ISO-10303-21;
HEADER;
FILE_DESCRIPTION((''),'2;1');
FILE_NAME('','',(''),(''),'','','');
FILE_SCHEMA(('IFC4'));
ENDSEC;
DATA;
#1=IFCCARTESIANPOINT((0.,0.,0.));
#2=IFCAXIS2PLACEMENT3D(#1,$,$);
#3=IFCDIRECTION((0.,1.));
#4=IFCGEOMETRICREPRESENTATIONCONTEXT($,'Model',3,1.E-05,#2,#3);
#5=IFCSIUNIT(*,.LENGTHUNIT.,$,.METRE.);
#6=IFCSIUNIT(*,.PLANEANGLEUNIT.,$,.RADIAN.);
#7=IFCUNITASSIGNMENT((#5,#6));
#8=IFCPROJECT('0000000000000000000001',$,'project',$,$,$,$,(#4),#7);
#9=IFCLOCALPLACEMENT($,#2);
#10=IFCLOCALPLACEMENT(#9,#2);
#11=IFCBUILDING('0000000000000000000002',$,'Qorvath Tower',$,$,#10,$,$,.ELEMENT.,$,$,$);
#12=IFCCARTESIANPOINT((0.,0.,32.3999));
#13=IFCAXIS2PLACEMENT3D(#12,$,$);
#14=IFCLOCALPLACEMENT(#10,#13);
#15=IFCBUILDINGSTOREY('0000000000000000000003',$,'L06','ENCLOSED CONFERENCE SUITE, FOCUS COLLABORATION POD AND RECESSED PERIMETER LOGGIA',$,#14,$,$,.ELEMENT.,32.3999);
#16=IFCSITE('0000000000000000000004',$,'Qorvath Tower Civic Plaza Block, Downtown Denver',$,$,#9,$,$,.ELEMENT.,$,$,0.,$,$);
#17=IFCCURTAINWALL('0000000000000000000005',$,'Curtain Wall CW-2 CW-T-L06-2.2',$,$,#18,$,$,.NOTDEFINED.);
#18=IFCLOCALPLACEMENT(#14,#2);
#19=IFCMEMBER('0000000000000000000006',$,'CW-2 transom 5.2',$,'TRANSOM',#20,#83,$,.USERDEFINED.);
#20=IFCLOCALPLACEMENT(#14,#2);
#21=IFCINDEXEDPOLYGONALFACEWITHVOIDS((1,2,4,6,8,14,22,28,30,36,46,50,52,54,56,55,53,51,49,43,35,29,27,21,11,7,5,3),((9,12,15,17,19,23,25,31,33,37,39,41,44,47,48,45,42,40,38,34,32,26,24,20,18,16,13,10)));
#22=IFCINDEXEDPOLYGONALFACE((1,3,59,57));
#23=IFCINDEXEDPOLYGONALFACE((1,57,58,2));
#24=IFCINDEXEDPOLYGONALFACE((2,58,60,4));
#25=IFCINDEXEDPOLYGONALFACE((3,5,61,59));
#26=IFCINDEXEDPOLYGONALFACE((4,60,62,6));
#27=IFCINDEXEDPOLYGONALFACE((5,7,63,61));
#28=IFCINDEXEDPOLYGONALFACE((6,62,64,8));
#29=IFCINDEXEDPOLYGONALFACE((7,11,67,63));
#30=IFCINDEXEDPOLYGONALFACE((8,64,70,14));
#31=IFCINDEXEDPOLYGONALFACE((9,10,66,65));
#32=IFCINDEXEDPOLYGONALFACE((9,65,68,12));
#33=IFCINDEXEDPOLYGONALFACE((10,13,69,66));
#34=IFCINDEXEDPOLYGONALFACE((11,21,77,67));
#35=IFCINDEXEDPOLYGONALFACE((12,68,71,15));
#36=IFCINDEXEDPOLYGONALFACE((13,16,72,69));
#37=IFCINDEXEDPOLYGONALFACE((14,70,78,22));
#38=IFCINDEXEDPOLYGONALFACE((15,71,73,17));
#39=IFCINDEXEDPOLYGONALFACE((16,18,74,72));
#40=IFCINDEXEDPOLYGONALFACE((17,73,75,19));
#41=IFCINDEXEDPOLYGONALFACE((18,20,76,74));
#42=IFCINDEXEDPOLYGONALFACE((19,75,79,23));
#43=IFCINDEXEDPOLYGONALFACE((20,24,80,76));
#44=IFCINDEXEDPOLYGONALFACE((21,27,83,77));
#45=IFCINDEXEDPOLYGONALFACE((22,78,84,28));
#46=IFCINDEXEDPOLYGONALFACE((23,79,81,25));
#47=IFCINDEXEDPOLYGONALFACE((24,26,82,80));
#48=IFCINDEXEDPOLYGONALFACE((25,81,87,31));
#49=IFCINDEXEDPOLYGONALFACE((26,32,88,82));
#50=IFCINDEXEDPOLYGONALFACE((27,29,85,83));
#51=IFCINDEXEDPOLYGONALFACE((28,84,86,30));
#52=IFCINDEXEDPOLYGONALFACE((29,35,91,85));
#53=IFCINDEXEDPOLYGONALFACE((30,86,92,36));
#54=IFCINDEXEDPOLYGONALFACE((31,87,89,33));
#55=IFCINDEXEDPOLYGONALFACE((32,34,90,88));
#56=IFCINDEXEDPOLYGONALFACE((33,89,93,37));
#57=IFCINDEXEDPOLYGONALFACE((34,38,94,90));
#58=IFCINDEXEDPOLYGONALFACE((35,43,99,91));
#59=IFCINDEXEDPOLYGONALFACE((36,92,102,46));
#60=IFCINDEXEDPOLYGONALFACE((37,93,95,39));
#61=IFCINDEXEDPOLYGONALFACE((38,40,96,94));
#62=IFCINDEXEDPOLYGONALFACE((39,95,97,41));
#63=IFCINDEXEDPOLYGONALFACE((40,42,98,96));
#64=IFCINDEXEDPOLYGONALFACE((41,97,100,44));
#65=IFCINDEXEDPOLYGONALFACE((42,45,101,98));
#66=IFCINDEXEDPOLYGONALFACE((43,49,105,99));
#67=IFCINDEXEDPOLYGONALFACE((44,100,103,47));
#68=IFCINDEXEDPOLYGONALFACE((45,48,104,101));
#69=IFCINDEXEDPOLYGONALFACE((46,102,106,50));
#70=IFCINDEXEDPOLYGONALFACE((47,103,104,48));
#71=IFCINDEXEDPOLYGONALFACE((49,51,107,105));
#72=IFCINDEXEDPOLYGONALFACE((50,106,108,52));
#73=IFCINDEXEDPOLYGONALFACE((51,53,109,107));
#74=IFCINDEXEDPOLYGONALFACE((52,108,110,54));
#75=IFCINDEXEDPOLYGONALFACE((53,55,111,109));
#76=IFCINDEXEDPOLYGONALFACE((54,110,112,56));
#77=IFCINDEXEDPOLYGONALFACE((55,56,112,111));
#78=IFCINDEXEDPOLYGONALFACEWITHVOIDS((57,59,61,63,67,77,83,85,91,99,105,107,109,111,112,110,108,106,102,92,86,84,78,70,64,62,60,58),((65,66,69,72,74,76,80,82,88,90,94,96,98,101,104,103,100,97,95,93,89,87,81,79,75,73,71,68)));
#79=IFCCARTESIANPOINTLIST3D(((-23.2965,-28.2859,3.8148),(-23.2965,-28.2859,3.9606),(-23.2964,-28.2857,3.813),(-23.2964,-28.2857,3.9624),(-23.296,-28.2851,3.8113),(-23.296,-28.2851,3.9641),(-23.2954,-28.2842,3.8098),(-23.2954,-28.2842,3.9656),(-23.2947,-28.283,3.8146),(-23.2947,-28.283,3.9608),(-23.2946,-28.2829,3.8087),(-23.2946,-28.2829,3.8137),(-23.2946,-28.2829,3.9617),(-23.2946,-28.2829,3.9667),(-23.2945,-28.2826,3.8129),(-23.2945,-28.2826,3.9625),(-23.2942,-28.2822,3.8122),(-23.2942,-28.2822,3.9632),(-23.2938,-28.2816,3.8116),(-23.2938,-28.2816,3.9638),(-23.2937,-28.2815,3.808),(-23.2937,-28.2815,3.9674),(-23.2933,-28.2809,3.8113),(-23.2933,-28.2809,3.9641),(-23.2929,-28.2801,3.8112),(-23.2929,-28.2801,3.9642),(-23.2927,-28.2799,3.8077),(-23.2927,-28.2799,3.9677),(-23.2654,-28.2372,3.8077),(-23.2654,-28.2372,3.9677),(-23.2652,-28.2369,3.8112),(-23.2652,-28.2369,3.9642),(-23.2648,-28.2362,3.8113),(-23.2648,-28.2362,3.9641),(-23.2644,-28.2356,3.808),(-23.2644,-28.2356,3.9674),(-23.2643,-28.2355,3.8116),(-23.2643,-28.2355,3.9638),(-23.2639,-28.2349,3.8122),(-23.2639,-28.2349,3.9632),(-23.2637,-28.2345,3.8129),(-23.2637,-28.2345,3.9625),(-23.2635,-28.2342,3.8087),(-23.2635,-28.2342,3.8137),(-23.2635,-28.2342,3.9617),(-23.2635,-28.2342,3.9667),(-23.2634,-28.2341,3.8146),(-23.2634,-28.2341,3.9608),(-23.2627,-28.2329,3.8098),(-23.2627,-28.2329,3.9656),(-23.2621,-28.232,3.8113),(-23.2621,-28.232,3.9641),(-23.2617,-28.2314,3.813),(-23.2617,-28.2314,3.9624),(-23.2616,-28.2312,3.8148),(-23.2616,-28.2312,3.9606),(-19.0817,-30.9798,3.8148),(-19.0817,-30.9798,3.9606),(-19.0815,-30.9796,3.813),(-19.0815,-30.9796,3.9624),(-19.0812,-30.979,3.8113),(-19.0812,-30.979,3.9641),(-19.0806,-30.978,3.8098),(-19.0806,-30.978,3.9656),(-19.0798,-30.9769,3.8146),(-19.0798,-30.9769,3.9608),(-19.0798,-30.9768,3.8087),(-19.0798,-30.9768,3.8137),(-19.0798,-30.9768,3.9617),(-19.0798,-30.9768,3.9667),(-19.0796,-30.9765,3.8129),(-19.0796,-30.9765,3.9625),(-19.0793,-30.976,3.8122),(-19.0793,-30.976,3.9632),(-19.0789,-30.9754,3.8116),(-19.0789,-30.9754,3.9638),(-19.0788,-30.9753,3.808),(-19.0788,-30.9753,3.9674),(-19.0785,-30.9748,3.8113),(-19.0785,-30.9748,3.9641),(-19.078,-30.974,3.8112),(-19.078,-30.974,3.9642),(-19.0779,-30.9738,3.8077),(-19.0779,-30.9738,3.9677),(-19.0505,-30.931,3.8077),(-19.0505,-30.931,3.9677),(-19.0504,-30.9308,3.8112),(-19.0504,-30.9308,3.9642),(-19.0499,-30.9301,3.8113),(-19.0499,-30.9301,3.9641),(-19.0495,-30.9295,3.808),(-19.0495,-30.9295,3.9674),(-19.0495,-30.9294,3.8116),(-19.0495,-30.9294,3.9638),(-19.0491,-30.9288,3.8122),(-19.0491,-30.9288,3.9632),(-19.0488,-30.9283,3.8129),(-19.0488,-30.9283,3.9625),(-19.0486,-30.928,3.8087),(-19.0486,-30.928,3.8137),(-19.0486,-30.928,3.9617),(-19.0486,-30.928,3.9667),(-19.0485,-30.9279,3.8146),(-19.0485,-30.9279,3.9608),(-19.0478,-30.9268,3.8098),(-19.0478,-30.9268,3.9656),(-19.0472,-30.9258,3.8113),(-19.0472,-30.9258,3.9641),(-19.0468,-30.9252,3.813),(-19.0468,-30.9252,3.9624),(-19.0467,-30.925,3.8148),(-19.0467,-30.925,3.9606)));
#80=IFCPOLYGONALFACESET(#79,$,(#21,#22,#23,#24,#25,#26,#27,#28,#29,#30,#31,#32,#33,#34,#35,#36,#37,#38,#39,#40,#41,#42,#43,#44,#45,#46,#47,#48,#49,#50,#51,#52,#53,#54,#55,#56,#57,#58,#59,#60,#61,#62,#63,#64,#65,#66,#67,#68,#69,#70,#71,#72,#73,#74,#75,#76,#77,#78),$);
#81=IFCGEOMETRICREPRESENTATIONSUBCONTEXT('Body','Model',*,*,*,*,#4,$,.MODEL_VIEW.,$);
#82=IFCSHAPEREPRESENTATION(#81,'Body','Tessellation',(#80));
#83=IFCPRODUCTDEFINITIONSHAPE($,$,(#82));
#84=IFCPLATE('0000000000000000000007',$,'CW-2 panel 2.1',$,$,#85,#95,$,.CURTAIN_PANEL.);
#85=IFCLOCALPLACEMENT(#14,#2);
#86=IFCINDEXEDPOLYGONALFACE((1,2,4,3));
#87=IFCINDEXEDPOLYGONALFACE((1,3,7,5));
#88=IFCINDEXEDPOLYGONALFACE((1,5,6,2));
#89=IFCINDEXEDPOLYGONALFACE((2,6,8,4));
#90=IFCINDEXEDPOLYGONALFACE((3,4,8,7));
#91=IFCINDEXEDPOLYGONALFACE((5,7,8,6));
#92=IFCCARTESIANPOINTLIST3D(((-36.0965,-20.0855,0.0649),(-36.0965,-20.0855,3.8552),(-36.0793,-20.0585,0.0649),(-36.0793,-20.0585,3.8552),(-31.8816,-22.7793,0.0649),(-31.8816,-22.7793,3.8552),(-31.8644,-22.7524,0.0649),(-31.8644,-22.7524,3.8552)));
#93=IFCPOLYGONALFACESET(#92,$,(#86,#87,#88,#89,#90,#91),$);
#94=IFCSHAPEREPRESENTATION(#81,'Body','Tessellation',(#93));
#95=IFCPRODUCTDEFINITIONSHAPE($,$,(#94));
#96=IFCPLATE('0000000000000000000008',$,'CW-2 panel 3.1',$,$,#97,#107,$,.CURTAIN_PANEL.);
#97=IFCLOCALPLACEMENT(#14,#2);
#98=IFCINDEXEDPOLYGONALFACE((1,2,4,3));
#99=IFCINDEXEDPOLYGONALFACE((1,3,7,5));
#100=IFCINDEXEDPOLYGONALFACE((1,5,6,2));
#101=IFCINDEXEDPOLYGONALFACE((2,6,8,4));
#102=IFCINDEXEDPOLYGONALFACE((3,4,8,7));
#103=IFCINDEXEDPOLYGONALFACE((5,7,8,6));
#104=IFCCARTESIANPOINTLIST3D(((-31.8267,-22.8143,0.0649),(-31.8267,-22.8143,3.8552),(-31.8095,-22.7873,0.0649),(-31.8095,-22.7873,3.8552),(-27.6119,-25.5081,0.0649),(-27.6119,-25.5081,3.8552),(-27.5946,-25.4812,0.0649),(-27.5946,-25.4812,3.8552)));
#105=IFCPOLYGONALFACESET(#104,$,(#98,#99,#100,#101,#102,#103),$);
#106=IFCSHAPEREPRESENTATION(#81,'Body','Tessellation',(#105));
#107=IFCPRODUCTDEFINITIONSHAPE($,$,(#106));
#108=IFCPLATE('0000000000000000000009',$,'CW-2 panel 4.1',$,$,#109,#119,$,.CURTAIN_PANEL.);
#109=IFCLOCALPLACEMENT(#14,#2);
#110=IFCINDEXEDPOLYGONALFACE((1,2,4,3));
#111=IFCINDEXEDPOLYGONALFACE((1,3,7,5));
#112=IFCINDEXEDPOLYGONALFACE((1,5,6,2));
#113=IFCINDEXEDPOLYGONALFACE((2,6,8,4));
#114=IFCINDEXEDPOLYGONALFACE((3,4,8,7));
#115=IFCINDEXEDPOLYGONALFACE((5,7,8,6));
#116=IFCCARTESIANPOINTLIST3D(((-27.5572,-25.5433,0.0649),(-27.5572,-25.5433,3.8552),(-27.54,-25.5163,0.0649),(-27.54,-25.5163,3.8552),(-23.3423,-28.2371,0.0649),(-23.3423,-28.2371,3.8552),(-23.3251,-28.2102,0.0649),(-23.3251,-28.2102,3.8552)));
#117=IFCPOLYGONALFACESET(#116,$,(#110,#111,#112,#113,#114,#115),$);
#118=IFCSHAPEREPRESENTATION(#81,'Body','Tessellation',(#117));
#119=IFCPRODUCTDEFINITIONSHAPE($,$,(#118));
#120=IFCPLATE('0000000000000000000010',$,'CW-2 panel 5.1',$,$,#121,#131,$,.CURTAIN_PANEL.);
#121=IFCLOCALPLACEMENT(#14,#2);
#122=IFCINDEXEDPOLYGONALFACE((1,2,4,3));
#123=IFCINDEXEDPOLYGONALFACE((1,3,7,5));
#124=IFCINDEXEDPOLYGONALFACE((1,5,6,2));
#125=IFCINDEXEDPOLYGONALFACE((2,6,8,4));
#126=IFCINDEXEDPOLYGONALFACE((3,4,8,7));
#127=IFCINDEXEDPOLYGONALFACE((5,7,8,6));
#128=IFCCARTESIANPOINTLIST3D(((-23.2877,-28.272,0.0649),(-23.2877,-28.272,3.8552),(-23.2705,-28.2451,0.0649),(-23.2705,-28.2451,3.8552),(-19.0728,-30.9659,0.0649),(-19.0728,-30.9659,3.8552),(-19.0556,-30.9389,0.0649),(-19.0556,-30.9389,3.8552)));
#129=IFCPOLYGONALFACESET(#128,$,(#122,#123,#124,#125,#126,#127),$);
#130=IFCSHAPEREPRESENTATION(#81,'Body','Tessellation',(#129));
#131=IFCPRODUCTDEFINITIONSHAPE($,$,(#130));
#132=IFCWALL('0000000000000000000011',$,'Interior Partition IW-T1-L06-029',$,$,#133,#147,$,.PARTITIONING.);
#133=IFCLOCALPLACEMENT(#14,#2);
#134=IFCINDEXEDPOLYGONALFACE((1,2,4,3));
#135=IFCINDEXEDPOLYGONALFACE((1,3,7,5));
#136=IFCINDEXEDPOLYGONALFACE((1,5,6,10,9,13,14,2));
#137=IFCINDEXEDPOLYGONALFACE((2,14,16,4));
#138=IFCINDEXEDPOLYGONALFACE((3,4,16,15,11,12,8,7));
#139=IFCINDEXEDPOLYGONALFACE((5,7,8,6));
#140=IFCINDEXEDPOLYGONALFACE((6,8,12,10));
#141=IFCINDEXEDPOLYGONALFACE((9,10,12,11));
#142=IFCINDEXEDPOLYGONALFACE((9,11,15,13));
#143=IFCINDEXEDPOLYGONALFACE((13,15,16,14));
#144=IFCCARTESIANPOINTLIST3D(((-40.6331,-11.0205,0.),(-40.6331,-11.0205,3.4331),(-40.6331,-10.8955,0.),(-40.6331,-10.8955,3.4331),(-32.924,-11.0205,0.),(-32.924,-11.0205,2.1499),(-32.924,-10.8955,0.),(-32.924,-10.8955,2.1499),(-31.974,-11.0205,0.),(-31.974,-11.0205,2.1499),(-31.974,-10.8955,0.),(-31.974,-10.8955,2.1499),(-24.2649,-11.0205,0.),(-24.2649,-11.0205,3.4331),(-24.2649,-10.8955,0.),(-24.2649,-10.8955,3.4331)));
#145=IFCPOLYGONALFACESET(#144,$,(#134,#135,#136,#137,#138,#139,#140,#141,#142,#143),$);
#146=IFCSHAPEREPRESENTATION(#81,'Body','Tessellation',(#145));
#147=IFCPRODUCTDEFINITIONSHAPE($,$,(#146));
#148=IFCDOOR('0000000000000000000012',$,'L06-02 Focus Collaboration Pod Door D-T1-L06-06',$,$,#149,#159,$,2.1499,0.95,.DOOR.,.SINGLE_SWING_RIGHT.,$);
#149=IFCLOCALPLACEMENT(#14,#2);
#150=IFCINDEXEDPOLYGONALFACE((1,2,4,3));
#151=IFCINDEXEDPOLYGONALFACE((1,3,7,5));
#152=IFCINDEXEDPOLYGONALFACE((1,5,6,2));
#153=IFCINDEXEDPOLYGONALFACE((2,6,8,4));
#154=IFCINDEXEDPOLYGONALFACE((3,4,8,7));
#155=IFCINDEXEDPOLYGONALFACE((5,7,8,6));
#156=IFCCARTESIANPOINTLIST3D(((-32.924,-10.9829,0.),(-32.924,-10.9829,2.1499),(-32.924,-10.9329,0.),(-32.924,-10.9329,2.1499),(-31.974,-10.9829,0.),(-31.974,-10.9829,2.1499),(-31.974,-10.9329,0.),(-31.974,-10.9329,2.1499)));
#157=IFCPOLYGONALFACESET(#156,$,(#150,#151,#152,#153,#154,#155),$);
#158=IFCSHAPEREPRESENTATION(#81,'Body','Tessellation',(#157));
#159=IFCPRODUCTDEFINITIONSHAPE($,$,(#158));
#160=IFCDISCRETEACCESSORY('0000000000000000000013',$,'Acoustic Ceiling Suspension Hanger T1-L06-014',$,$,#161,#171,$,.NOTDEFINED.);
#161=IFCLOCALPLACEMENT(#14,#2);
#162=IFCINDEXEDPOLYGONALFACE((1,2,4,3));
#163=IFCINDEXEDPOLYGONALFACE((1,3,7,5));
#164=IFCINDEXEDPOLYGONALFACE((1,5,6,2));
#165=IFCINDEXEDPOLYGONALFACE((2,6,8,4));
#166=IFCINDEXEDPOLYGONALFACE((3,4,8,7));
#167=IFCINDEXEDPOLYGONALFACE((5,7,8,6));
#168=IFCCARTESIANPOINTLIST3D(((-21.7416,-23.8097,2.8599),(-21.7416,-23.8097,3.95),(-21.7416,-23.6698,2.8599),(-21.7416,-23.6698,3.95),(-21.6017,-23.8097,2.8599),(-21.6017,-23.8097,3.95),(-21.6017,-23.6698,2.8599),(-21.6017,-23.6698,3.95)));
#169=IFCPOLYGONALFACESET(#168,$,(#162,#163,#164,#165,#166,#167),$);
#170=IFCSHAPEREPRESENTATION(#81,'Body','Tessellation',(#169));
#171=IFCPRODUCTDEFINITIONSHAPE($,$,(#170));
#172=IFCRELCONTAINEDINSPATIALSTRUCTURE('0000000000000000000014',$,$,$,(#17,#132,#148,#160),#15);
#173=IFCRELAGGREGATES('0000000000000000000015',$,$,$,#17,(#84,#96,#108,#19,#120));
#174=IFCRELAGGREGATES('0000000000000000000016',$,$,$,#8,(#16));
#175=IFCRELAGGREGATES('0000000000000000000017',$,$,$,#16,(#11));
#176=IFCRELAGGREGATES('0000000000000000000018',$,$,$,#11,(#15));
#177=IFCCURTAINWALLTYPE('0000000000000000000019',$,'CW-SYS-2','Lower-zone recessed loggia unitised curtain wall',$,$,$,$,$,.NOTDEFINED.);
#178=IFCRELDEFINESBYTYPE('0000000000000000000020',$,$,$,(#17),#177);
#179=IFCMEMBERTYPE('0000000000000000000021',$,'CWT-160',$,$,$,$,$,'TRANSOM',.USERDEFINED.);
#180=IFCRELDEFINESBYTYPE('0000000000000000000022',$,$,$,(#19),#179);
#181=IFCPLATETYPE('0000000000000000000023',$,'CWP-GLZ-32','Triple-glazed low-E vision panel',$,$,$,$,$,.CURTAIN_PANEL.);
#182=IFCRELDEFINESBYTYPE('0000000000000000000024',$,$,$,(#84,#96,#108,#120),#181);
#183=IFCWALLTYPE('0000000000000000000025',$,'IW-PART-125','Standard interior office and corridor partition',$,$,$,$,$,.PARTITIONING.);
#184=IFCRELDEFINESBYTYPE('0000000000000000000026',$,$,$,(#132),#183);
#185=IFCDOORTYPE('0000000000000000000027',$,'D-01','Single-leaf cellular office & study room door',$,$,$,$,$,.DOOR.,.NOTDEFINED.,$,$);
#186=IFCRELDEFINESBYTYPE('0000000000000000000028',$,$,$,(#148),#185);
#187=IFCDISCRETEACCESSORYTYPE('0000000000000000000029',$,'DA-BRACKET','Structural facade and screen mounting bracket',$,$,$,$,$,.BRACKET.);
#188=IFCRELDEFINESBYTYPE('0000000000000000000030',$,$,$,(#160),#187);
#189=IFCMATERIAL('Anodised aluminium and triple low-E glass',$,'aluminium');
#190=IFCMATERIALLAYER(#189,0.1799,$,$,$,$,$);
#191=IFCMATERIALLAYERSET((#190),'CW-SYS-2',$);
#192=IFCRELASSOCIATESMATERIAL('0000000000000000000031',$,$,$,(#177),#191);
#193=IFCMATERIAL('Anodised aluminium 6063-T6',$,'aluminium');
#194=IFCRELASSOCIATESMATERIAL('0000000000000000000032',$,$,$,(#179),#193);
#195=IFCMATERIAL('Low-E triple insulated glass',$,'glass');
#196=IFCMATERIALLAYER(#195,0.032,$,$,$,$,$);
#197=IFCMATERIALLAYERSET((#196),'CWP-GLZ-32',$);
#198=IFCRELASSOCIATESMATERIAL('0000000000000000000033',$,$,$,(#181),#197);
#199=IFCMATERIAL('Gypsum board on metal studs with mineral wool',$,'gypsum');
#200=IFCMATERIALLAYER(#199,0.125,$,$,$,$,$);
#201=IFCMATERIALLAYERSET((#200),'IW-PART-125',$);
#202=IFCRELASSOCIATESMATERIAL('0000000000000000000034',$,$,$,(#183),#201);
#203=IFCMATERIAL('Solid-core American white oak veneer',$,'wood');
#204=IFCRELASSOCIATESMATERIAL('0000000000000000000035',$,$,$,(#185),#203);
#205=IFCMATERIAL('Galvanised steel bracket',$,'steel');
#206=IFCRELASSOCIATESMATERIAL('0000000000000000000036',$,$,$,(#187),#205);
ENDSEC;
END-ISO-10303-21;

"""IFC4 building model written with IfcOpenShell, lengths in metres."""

from ifc_helpers import new_model, si_unit, direction, frame, frame_2d, origin, origin_2d, place, context, subcontext, project, spatial, rectangle, hollow_rectangle, extrude, material, layer, layer_set, material_profile, profile_set, type_object, element, fill, aggregate, save


model = new_model("IFC4")

# Units and contexts
model_context = context("Model", 3, precision=1e-05, world=origin(), true_north=direction((0.0, 1.0)))
body_context = subcontext(model_context, "Body", "Model", "MODEL_VIEW")
ifc_project = project(units=[si_unit("LENGTHUNIT", "METRE"), si_unit("PLANEANGLEUNIT", "RADIAN")], contexts=[model_context])

# Site, building, storey
site_placement = place(None, origin())
site = spatial("IfcSite", under=ifc_project, at=site_placement, Name="Qorvath Tower Civic Plaza Block, Downtown Denver", CompositionType="ELEMENT", RefElevation=0.0)
building_placement = place(site_placement, origin())
building = spatial("IfcBuilding", under=site, at=building_placement, Name="Qorvath Tower", CompositionType="ELEMENT")
storey_placement = place(building_placement, frame((0.0, 0.0, 32.3999)))
storey = spatial("IfcBuildingStorey", under=building, at=storey_placement, Name="L06", Description="ENCLOSED CONFERENCE SUITE, FOCUS COLLABORATION POD AND RECESSED PERIMETER LOGGIA", CompositionType="ELEMENT", Elevation=32.3999)

# Curtain wall, member, plates
ifc_material_1 = material(Name="Anodised aluminium and triple low-E glass", Category="aluminium")
ifc_layer_1 = layer(ifc_material_1, 0.1799)
ifc_layer_set_1 = layer_set([ifc_layer_1], Name="CW-SYS-2")
curtain_wall_type = type_object("IfcCurtainWallType", Name="CW-SYS-2", Description="Lower-zone recessed loggia unitised curtain wall", PredefinedType="NOTDEFINED", material=ifc_layer_set_1)
curtain_wall_placement = place(storey_placement, origin())
curtain_wall = element("IfcCurtainWall", 1, at=curtain_wall_placement, inside=storey, type_object=curtain_wall_type, Name="Curtain Wall CW-2 CW-T-L06-2.2", PredefinedType="NOTDEFINED")
ifc_material_2 = material(Name="Anodised aluminium 6063-T6", Category="aluminium")
ifc_material_profile_1 = material_profile(ifc_material_2, hollow_rectangle(XDim=0.0649, YDim=0.1599, WallThickness=0.0034, InnerFilletRadius=0.0034, OuterFilletRadius=0.0071, at=origin_2d()), Name="CWT 160x65")
ifc_profile_set_1 = profile_set([ifc_material_profile_1], Name="Anodised aluminium 6063-T6")
member_type_1 = type_object("IfcMemberType", Name="CWT-160", ElementType="TRANSOM", PredefinedType="USERDEFINED", material=ifc_profile_set_1)
member_1_placement = place(storey_placement, frame((-23.2791, -28.2585, 3.8877), z_axis=(0.842603, -0.538536, 0.0), x_axis=(0.538536, 0.842603, 0.0)))
member_1 = element("IfcMember", 2, at=member_1_placement, type_object=member_type_1, Name="CW-2 transom 5.2", ObjectType="TRANSOM", PredefinedType="USERDEFINED", context=body_context, shape_type="SweptSolid", body=[
    extrude(hollow_rectangle(XDim=0.0649, YDim=0.1599, WallThickness=0.0034, InnerFilletRadius=0.0034, OuterFilletRadius=0.0071, at=origin_2d()), origin(), (0.0, 0.0, 1.0), 5.0022),
])
ifc_material_3 = material(Name="Low-E triple insulated glass", Category="glass")
ifc_layer_2 = layer(ifc_material_3, 0.032)
ifc_layer_set_2 = layer_set([ifc_layer_2], Name="CWP-GLZ-32")
plate_type = type_object("IfcPlateType", Name="CWP-GLZ-32", Description="Triple-glazed low-E vision panel", PredefinedType="CURTAIN_PANEL", material=ifc_layer_set_2)
plate_1_placement = place(storey_placement, frame((-33.9805, -21.4189, 0.0649), z_axis=(0.0, 0.0, 1.0), x_axis=(0.842605, -0.538533, 0.0)))
plate_1 = element("IfcPlate", 3, at=plate_1_placement, type_object=plate_type, Name="CW-2 panel 2.1", PredefinedType="CURTAIN_PANEL", context=body_context, shape_type="SweptSolid", body=[
    extrude(rectangle(XDim=5.0022, YDim=0.032, at=origin_2d()), origin(), (0.0, 0.0, 1.0), 3.7903),
])
plate_2_placement = place(storey_placement, frame((-29.7107, -24.1477, 0.0649), z_axis=(0.0, 0.0, 1.0), x_axis=(0.842605, -0.538533, 0.0)))
plate_2 = element("IfcPlate", 4, at=plate_2_placement, type_object=plate_type, Name="CW-2 panel 3.1", PredefinedType="CURTAIN_PANEL", context=body_context, shape_type="SweptSolid", body=[
    extrude(rectangle(XDim=5.0022, YDim=0.032, at=origin_2d()), origin(), (0.0, 0.0, 1.0), 3.7903),
])
plate_3_placement = place(storey_placement, frame((-25.4412, -26.8767, 0.0649), z_axis=(0.0, 0.0, 1.0), x_axis=(0.842605, -0.538533, 0.0)))
plate_3 = element("IfcPlate", 5, at=plate_3_placement, type_object=plate_type, Name="CW-2 panel 4.1", PredefinedType="CURTAIN_PANEL", context=body_context, shape_type="SweptSolid", body=[
    extrude(rectangle(XDim=5.0022, YDim=0.032, at=origin_2d()), origin(), (0.0, 0.0, 1.0), 3.7903),
])
plate_4_placement = place(storey_placement, frame((-21.1716, -29.6055, 0.0649), z_axis=(0.0, 0.0, 1.0), x_axis=(0.842605, -0.538533, 0.0)))
plate_4 = element("IfcPlate", 6, at=plate_4_placement, type_object=plate_type, Name="CW-2 panel 5.1", PredefinedType="CURTAIN_PANEL", context=body_context, shape_type="SweptSolid", body=[
    extrude(rectangle(XDim=5.0022, YDim=0.032, at=origin_2d()), origin(), (0.0, 0.0, 1.0), 3.7903),
])
aggregate(curtain_wall, [plate_1, plate_2, plate_3, member_1, plate_4])

# Wall, opening, door
ifc_material_4 = material(Name="Gypsum board on metal studs with mineral wool", Category="gypsum")
ifc_layer_3 = layer(ifc_material_4, 0.125)
ifc_layer_set_3 = layer_set([ifc_layer_3], Name="IW-PART-125")
wall_type_1 = type_object("IfcWallType", Name="IW-PART-125", Description="Standard interior office and corridor partition", PredefinedType="PARTITIONING", material=ifc_layer_set_3)
wall_1_placement = place(storey_placement, frame((-24.2649, -10.958, 0.0), z_axis=(0.0, 0.0, 1.0), x_axis=(-1.0, 0.0, 0.0)))
wall_1 = element("IfcWall", 7, at=wall_1_placement, inside=storey, type_object=wall_type_1, Name="Interior Partition IW-T1-L06-029", PredefinedType="PARTITIONING", context=body_context, shape_type="SweptSolid", body=[
    extrude(rectangle(XDim=16.3682, YDim=0.125, at=frame_2d((8.1841, 0.0))), origin(), (0.0, 0.0, 1.0), 3.4331),
])
opening_1_placement = place(wall_1_placement, frame((7.709, 0.0, 0.0)))
opening_1 = element("IfcOpeningElement", 8, at=opening_1_placement, cuts=wall_1, PredefinedType="OPENING", context=body_context, shape_type="SweptSolid", body=[
    extrude(rectangle(XDim=0.95, YDim=2.1499, at=frame_2d((0.4751, 1.075))), frame((0.0, 0.0725, 0.0), z_axis=(0.0, -1.0, 0.0), x_axis=(1.0, 0.0, 0.0)), (0.0, 0.0, 1.0), 0.145),
])
ifc_material_5 = material(Name="Solid-core American white oak veneer", Category="wood")
door_type_1 = type_object("IfcDoorType", Name="D-01", Description="Single-leaf cellular office & study room door", OperationType="NOTDEFINED", PredefinedType="DOOR", material=ifc_material_5)
door_1_placement = place(opening_1_placement, origin())
door_1 = element("IfcDoor", 9, at=door_1_placement, inside=storey, type_object=door_type_1, Name="L06-02 Focus Collaboration Pod Door D-T1-L06-06", OperationType="SINGLE_SWING_RIGHT", OverallHeight=2.1499, OverallWidth=0.95, PredefinedType="DOOR", context=body_context, shape_type="SweptSolid", body=[
    extrude(rectangle(XDim=0.95, YDim=2.1499, at=frame_2d((0.4751, 1.075))), frame((0.0, 0.0249, 0.0), z_axis=(0.0, -1.0, 0.0), x_axis=(1.0, 0.0, 0.0)), (0.0, 0.0, 1.0), 0.05),
])
fill(opening_1, door_1)

# Discrete accessory
ifc_material_6 = material(Name="Galvanised steel bracket", Category="steel")
discrete_accessory_type = type_object("IfcDiscreteAccessoryType", Name="DA-BRACKET", Description="Structural facade and screen mounting bracket", PredefinedType="BRACKET", material=ifc_material_6)
discrete_accessory_placement = place(storey_placement, frame((-21.6716, -23.7397, 2.8599), z_axis=(0.0, 0.0, 1.0), x_axis=(1.0, 0.0, 0.0)))
element("IfcDiscreteAccessory", 10, at=discrete_accessory_placement, inside=storey, type_object=discrete_accessory_type, Name="Acoustic Ceiling Suspension Hanger T1-L06-014", PredefinedType="NOTDEFINED", context=body_context, shape_type="SweptSolid", body=[
    extrude(rectangle(XDim=0.1399, YDim=0.1399, at=origin_2d()), origin(), (0.0, 0.0, 1.0), 1.0901),
])

save(model, "model.ifc")
